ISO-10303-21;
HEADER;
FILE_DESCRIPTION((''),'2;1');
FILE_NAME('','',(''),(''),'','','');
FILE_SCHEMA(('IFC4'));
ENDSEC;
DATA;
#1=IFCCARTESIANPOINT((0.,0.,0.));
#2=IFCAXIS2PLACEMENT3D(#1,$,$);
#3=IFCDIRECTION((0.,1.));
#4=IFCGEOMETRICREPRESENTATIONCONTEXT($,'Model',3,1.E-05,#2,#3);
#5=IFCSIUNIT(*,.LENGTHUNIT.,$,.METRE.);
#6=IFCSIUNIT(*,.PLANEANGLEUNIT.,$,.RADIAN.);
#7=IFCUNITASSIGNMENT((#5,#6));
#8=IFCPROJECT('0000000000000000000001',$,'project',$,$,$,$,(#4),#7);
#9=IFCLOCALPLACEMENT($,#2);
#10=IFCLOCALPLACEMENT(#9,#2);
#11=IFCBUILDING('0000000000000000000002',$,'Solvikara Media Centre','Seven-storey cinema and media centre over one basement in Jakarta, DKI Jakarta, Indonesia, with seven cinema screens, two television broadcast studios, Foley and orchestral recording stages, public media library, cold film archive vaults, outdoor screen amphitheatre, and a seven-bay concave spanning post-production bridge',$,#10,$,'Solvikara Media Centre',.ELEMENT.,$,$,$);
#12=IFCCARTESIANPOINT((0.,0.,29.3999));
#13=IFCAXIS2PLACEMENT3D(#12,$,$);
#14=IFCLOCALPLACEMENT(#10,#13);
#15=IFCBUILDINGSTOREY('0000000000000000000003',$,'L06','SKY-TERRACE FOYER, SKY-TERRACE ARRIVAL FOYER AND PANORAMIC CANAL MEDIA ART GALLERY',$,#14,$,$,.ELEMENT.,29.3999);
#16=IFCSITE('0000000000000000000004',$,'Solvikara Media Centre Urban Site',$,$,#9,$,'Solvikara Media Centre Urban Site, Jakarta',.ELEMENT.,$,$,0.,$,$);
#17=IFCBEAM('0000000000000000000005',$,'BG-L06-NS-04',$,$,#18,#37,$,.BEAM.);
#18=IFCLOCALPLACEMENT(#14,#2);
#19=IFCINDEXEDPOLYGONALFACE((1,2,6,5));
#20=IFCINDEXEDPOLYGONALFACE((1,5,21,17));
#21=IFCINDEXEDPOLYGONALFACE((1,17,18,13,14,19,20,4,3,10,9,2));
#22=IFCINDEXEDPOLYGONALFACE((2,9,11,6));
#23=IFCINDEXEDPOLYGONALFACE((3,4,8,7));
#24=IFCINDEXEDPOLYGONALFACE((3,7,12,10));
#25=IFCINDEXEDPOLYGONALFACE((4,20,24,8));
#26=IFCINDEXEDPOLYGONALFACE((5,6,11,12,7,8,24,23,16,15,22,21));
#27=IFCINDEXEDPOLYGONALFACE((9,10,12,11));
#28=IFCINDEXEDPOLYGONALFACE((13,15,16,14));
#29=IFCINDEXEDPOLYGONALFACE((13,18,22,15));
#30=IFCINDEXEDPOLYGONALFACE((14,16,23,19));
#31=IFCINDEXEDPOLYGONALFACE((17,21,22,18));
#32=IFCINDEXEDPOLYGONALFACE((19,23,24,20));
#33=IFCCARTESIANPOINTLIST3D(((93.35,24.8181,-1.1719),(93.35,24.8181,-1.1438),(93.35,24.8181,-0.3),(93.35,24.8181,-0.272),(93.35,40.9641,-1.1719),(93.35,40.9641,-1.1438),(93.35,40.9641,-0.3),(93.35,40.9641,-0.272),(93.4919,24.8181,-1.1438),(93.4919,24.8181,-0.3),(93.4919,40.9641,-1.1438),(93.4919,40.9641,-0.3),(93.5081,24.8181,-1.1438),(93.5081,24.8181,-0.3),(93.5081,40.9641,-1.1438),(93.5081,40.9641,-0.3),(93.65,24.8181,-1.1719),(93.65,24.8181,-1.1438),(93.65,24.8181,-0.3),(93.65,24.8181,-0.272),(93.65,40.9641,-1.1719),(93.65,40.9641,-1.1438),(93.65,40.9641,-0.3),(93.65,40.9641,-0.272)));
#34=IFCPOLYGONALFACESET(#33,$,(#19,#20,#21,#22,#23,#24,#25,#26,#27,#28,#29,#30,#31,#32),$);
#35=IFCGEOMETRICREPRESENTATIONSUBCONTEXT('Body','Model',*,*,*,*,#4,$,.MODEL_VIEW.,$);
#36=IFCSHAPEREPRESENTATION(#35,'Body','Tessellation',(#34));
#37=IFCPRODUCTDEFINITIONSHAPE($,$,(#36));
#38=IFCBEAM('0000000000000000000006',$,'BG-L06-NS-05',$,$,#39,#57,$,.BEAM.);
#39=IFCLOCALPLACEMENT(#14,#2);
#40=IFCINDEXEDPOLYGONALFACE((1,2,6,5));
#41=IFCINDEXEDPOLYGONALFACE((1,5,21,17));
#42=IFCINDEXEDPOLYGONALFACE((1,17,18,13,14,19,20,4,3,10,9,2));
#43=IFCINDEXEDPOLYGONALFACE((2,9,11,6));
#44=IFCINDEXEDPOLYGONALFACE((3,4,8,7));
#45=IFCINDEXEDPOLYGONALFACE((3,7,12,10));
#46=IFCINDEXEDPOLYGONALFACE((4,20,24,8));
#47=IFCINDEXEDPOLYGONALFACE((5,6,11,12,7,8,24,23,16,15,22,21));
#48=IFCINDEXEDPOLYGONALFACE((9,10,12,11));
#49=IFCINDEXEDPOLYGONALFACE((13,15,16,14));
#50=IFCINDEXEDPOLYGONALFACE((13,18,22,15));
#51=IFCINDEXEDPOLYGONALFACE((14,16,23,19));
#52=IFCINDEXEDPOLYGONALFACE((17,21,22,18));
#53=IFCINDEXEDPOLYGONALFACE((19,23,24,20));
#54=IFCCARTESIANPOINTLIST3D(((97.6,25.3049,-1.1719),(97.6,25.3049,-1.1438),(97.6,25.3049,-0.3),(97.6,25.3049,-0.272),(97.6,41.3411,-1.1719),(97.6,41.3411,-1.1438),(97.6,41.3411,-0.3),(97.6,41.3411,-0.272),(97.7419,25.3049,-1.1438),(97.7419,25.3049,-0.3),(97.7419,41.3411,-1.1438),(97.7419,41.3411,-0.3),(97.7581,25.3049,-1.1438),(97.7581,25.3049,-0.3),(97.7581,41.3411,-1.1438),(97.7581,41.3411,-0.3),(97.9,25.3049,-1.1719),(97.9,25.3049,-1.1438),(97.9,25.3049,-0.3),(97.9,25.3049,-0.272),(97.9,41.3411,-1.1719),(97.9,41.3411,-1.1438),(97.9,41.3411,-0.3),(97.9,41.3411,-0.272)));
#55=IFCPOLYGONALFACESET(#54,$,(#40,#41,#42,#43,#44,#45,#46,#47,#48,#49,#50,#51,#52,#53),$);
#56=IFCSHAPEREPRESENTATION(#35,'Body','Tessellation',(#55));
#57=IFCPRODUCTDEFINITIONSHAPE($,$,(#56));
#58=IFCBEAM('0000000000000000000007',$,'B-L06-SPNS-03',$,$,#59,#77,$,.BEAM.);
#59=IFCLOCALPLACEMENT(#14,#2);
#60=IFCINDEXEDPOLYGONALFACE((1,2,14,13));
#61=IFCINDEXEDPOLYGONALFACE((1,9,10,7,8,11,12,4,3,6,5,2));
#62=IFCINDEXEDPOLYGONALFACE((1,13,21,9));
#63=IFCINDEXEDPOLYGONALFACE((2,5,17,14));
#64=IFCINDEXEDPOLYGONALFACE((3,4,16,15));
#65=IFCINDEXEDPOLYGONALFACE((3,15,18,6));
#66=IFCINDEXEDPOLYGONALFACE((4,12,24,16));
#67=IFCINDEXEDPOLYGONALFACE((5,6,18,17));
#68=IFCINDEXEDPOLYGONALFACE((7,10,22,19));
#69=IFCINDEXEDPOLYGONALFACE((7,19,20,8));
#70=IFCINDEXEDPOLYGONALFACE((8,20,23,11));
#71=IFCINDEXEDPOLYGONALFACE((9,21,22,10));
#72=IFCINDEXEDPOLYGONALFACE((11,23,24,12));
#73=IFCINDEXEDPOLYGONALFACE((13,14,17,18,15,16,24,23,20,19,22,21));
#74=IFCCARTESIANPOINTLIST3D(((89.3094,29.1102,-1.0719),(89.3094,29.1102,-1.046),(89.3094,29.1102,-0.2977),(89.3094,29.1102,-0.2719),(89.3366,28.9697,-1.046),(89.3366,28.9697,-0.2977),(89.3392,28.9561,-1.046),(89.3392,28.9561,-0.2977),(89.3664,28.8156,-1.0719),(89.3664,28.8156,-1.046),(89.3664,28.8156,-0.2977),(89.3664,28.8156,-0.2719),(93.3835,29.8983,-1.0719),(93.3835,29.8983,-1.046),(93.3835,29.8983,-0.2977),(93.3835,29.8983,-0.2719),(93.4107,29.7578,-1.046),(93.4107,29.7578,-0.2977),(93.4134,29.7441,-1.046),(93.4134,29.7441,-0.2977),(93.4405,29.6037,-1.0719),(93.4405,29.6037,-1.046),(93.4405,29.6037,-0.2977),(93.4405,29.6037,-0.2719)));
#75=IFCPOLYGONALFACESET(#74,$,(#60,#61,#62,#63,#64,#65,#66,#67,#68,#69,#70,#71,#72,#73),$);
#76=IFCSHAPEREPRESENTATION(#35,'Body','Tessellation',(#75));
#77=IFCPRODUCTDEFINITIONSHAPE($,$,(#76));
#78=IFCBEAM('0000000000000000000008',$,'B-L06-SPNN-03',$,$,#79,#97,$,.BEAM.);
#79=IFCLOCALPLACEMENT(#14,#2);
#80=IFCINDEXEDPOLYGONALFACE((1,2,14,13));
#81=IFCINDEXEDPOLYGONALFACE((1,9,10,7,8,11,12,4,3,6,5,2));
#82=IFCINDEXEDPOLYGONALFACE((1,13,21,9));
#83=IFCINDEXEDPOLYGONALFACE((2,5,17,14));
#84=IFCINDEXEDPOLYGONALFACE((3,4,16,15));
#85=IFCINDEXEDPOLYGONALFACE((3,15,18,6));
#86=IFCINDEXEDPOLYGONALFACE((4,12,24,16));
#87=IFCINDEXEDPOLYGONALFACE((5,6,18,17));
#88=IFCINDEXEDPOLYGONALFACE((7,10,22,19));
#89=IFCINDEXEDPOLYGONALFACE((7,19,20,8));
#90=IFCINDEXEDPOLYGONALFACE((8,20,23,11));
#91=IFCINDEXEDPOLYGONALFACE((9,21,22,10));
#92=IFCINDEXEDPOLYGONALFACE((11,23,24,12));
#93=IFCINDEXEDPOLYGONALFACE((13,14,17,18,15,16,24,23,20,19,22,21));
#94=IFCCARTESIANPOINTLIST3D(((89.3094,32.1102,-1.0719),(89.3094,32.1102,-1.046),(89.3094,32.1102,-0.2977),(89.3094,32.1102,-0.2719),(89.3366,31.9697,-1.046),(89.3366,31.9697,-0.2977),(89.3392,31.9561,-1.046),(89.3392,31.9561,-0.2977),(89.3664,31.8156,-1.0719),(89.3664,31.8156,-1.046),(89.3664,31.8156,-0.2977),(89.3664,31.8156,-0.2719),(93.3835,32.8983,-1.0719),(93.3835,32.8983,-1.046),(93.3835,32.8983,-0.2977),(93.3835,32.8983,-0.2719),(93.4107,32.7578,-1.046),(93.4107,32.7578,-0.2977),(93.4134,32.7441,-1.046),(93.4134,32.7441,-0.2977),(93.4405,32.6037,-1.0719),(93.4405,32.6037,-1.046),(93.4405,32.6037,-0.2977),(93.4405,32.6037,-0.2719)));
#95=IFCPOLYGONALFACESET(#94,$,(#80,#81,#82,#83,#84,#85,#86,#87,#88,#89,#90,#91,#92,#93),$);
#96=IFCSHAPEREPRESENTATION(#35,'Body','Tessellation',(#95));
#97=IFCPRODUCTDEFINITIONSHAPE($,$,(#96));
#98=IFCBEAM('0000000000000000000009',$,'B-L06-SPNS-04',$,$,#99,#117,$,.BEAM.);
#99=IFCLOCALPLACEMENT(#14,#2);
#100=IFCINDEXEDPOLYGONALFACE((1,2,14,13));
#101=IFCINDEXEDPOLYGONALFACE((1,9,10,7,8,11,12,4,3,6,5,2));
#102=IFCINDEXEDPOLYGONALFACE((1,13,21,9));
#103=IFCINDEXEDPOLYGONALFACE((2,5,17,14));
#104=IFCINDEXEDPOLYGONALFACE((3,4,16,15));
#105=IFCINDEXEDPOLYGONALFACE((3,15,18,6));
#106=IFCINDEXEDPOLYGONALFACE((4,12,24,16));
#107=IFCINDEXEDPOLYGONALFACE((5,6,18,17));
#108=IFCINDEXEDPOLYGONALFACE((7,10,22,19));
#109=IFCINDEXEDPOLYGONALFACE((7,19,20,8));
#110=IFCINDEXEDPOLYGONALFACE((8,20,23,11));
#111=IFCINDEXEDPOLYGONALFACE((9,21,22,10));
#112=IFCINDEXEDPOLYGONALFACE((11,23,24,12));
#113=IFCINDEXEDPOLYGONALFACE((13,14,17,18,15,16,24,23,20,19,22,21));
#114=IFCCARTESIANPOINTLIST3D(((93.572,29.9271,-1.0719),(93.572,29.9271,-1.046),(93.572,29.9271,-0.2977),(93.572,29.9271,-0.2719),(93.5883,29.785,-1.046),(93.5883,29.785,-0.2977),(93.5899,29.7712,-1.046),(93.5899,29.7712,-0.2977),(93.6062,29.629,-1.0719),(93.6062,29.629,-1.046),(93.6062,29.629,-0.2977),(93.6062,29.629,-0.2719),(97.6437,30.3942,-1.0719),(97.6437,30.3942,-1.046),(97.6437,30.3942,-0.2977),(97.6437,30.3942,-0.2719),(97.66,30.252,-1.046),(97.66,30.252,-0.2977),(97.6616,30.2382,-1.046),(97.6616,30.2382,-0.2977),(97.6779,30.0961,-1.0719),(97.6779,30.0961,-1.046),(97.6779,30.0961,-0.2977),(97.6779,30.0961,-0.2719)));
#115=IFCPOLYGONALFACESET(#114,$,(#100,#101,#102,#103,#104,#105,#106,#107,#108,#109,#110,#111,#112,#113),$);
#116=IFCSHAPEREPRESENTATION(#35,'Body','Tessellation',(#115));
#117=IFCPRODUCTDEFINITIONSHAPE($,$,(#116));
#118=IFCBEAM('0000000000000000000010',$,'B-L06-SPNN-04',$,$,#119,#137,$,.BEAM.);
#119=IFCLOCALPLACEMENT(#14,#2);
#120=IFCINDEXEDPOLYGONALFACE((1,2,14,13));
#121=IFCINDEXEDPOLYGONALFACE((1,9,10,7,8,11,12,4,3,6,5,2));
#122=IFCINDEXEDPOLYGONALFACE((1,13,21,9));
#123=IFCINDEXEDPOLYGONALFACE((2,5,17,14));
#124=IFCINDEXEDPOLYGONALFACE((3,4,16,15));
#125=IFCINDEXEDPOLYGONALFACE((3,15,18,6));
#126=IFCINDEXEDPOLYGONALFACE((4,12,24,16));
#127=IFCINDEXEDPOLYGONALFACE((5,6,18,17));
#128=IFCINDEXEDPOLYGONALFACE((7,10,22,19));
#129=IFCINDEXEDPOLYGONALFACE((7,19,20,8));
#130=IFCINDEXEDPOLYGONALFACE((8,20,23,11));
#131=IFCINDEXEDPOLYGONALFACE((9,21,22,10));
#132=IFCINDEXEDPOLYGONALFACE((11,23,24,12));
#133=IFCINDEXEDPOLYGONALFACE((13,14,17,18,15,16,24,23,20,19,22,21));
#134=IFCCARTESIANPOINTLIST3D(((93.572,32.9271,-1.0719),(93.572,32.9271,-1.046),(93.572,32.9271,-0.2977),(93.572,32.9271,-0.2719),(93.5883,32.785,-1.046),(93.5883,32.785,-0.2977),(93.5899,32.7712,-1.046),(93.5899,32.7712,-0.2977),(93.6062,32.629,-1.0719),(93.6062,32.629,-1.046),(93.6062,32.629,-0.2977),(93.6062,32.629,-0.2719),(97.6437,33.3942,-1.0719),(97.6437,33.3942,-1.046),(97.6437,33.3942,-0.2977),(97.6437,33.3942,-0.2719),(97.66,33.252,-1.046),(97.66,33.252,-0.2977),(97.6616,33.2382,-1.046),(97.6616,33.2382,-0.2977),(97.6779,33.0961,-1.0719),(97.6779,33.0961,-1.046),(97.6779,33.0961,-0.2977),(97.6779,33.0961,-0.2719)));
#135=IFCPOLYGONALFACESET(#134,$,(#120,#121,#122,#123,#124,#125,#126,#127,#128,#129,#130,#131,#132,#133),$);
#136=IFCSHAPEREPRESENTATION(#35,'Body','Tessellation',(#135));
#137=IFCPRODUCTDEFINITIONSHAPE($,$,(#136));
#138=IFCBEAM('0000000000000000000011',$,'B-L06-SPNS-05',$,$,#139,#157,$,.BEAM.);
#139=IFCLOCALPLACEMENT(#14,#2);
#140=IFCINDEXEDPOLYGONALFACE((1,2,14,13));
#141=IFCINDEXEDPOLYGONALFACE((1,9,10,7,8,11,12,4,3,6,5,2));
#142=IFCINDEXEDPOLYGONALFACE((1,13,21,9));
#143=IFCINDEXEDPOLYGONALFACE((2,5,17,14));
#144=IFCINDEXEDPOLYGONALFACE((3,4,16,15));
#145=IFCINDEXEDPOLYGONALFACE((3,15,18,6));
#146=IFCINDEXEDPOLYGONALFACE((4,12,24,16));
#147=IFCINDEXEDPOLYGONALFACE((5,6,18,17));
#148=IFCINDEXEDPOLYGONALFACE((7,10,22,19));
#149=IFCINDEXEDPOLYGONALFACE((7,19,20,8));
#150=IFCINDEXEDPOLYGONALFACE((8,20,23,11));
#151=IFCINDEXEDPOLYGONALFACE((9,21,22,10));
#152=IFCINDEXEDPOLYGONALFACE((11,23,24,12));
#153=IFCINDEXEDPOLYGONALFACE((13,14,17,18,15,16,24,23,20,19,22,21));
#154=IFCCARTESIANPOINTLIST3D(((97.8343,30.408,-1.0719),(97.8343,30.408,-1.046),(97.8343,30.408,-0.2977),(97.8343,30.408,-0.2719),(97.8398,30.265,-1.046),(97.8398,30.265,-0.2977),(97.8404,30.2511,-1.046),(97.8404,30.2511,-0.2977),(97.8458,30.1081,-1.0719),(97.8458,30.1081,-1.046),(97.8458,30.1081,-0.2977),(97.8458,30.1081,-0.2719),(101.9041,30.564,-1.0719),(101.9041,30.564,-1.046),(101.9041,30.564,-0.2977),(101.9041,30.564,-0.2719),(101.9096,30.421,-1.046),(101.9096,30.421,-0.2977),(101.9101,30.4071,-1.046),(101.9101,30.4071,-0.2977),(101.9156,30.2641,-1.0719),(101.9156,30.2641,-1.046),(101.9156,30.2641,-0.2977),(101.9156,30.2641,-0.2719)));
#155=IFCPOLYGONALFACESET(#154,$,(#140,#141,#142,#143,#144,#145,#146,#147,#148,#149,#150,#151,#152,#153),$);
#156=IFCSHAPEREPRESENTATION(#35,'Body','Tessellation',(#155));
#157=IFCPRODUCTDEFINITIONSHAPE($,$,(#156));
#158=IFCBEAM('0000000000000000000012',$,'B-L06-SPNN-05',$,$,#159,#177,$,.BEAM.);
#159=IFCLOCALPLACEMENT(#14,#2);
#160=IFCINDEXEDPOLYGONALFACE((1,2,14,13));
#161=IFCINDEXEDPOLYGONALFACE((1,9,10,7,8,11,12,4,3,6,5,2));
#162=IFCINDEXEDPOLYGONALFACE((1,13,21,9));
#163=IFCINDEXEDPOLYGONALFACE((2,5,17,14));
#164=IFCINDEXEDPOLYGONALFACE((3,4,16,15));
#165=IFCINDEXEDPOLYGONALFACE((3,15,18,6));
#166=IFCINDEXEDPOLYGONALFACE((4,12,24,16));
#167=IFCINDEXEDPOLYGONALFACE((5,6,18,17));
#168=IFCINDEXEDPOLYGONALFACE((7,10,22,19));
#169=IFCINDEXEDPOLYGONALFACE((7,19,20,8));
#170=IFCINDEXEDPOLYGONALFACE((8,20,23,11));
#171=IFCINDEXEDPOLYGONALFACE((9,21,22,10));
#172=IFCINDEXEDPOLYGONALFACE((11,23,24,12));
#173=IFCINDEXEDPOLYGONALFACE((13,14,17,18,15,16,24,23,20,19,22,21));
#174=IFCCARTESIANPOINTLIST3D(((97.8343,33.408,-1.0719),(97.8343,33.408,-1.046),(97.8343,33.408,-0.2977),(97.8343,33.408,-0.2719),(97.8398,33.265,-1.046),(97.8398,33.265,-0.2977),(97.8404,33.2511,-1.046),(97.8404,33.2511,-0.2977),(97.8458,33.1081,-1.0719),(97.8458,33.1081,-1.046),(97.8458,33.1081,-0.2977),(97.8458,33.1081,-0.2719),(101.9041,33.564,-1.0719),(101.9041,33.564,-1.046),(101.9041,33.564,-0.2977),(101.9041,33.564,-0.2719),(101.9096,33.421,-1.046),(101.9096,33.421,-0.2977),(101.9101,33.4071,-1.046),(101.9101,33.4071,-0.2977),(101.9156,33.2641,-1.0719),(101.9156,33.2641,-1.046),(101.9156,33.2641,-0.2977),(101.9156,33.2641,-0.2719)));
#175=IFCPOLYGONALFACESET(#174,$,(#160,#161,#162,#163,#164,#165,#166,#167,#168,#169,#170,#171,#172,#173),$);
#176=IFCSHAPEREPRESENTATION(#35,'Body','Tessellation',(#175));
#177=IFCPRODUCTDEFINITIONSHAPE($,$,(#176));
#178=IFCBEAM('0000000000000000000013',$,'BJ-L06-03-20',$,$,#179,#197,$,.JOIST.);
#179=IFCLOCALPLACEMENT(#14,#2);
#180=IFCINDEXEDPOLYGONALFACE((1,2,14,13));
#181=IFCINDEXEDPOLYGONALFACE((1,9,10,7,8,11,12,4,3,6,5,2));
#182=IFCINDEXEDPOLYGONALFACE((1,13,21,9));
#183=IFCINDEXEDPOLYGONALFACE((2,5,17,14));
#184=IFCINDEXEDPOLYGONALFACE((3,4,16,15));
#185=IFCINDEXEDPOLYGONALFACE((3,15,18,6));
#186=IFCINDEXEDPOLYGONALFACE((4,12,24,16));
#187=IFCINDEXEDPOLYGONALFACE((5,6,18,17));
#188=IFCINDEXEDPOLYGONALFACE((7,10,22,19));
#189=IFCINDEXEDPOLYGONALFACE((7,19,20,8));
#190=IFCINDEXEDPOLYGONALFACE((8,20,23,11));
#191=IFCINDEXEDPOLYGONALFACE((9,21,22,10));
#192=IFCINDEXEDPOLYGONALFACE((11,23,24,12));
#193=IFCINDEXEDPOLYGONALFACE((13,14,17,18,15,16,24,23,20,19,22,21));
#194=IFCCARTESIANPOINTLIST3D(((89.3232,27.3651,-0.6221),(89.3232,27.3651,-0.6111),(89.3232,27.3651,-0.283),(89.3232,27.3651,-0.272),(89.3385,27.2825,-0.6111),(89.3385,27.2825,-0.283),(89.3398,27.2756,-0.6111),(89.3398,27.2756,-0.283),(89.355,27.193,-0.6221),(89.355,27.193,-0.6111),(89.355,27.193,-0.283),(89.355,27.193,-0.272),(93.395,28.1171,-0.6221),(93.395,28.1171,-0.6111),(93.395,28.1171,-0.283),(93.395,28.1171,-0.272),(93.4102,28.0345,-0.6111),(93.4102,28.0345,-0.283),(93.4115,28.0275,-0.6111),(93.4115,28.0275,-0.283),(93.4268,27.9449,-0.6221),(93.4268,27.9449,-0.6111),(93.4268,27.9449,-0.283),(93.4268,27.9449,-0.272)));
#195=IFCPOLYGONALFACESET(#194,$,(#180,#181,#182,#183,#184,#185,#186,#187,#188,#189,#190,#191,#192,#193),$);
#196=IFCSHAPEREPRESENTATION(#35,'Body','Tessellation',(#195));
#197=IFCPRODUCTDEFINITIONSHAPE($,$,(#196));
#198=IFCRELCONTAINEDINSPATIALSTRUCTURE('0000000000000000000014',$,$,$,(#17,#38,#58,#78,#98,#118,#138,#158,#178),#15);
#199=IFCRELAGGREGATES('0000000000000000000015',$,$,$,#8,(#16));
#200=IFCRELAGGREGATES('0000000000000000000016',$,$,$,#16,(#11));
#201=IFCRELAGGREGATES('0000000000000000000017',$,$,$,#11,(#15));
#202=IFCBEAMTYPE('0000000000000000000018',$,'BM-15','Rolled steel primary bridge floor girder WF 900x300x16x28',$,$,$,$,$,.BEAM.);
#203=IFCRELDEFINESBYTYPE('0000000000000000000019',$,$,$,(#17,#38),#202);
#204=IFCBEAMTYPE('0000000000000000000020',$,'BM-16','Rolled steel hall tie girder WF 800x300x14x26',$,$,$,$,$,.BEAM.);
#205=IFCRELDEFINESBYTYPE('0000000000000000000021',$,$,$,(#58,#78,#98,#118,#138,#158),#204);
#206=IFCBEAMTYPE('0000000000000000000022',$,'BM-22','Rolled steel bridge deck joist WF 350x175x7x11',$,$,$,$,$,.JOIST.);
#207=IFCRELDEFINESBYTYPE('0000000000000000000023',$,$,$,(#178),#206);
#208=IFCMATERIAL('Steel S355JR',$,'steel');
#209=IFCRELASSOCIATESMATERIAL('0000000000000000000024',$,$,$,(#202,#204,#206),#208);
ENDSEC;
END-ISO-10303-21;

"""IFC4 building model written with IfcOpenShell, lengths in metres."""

from ifc_helpers import new_model, si_unit, direction, frame, origin, origin_2d, place, context, subcontext, project, spatial, i_section, extrude, material, material_profile, profile_set, type_object, element, save


model = new_model("IFC4")

# Units and contexts
model_context = context("Model", 3, precision=1e-05, world=origin(), true_north=direction((0.0, 1.0)))
body_context = subcontext(model_context, "Body", "Model", "MODEL_VIEW")
ifc_project = project(units=[si_unit("LENGTHUNIT", "METRE"), si_unit("PLANEANGLEUNIT", "RADIAN")], contexts=[model_context])

# Site, building, storey
site_placement = place(None, origin())
site = spatial("IfcSite", under=ifc_project, at=site_placement, Name="Solvikara Media Centre Urban Site", LongName="Solvikara Media Centre Urban Site, Jakarta", CompositionType="ELEMENT", RefElevation=0.0)
building_placement = place(site_placement, origin())
building = spatial("IfcBuilding", under=site, at=building_placement, Name="Solvikara Media Centre", Description="Seven-storey cinema and media centre over one basement in Jakarta, DKI Jakarta, Indonesia, with seven cinema screens, two television broadcast studios, Foley and orchestral recording stages, public media library, cold film archive vaults, outdoor screen amphitheatre, and a seven-bay concave spanning post-production bridge", LongName="Solvikara Media Centre", CompositionType="ELEMENT")
storey_placement = place(building_placement, frame((0.0, 0.0, 29.3999)))
storey = spatial("IfcBuildingStorey", under=building, at=storey_placement, Name="L06", Description="SKY-TERRACE FOYER, SKY-TERRACE ARRIVAL FOYER AND PANORAMIC CANAL MEDIA ART GALLERY", CompositionType="ELEMENT", Elevation=29.3999)

# Beams
ifc_material_1 = material(Name="Steel S355JR", Category="steel")
ifc_material_profile_1 = material_profile(ifc_material_1, i_section(OverallWidth=0.3, OverallDepth=0.8999, WebThickness=0.0161, FlangeThickness=0.0281, at=origin_2d()), Name="WF 900x300x16x28")
ifc_profile_set_1 = profile_set([ifc_material_profile_1], Name="Steel S355JR")
beam_type_1 = type_object("IfcBeamType", Name="BM-15", Description="Rolled steel primary bridge floor girder WF 900x300x16x28", PredefinedType="BEAM", material=ifc_profile_set_1)
beam_1_placement = place(storey_placement, frame((93.5, 24.8181, -0.7219), z_axis=(0.0, 1.0, 0.0), x_axis=(-1.0, 0.0, 0.0)))
element("IfcBeam", 1, at=beam_1_placement, inside=storey, type_object=beam_type_1, Name="BG-L06-NS-04", PredefinedType="BEAM", context=body_context, shape_type="SweptSolid", body=[
    extrude(i_section(OverallWidth=0.3, OverallDepth=0.8999, WebThickness=0.0161, FlangeThickness=0.0281, at=origin_2d()), origin(), (0.0, 0.0, 1.0), 16.146),
])
beam_2_placement = place(storey_placement, frame((97.75, 25.3049, -0.7219), z_axis=(0.0, 1.0, 0.0), x_axis=(-1.0, 0.0, 0.0)))
element("IfcBeam", 2, at=beam_2_placement, inside=storey, type_object=beam_type_1, Name="BG-L06-NS-05", PredefinedType="BEAM", context=body_context, shape_type="SweptSolid", body=[
    extrude(i_section(OverallWidth=0.3, OverallDepth=0.8999, WebThickness=0.0161, FlangeThickness=0.0281, at=origin_2d()), origin(), (0.0, 0.0, 1.0), 16.0361),
])
ifc_material_profile_2 = material_profile(ifc_material_1, i_section(OverallWidth=0.3, OverallDepth=0.8, WebThickness=0.0139, FlangeThickness=0.0259, at=origin_2d()), Name="WF 800x300x14x26")
ifc_profile_set_2 = profile_set([ifc_material_profile_2], Name="Steel S355JR")
beam_type_2 = type_object("IfcBeamType", Name="BM-16", Description="Rolled steel hall tie girder WF 800x300x14x26", PredefinedType="BEAM", material=ifc_profile_set_2)
for number, where, z_axis, x_axis, name in (
    (3, (89.3379, 28.9629, -0.6719), (0.981801, 0.189912, 0.0), (-0.189912, 0.981801, 0.0), "B-L06-SPNS-03"),
    (4, (89.3379, 31.9629, -0.6719), (0.981801, 0.189912, 0.0), (-0.189912, 0.981801, 0.0), "B-L06-SPNN-03"),
):
    element("IfcBeam", number, at=place(storey_placement, frame(where, z_axis=z_axis, x_axis=x_axis)), inside=storey, type_object=beam_type_2, Name=name, PredefinedType="BEAM", context=body_context, shape_type="SweptSolid", body=[
        extrude(i_section(OverallWidth=0.3, OverallDepth=0.8, WebThickness=0.0139, FlangeThickness=0.0259, at=origin_2d()), origin(), (0.0, 0.0, 1.0), 4.1497),
    ])
for number, where, z_axis, x_axis, name in (
    (5, (93.5891, 29.7781, -0.6719), (0.993486, 0.113955, 0.0), (-0.113955, 0.993486, 0.0), "B-L06-SPNS-04"),
    (6, (93.5891, 32.7781, -0.6719), (0.993486, 0.113955, 0.0), (-0.113955, 0.993486, 0.0), "B-L06-SPNN-04"),
):
    element("IfcBeam", number, at=place(storey_placement, frame(where, z_axis=z_axis, x_axis=x_axis)), inside=storey, type_object=beam_type_2, Name=name, PredefinedType="BEAM", context=body_context, shape_type="SweptSolid", body=[
        extrude(i_section(OverallWidth=0.3, OverallDepth=0.8, WebThickness=0.0139, FlangeThickness=0.0259, at=origin_2d()), origin(), (0.0, 0.0, 1.0), 4.0984),
    ])
for number, where, z_axis, x_axis, name in (
    (7, (97.8401, 30.2581, -0.6719), (0.999266, 0.038304, 0.0), (-0.038304, 0.999266, 0.0), "B-L06-SPNS-05"),
    (8, (97.8401, 33.2581, -0.6719), (0.999266, 0.038304, 0.0), (-0.038304, 0.999266, 0.0), "B-L06-SPNN-05"),
):
    element("IfcBeam", number, at=place(storey_placement, frame(where, z_axis=z_axis, x_axis=x_axis)), inside=storey, type_object=beam_type_2, Name=name, PredefinedType="BEAM", context=body_context, shape_type="SweptSolid", body=[
        extrude(i_section(OverallWidth=0.3, OverallDepth=0.8, WebThickness=0.0139, FlangeThickness=0.0259, at=origin_2d()), origin(), (0.0, 0.0, 1.0), 4.0728),
    ])
ifc_material_profile_3 = material_profile(ifc_material_1, i_section(OverallWidth=0.175, OverallDepth=0.3501, WebThickness=0.0071, FlangeThickness=0.011, at=origin_2d()), Name="WF 350x175x7x11")
ifc_profile_set_3 = profile_set([ifc_material_profile_3], Name="Steel S355JR")
beam_type_3 = type_object("IfcBeamType", Name="BM-22", Description="Rolled steel bridge deck joist WF 350x175x7x11", PredefinedType="JOIST", material=ifc_profile_set_3)
beam_3_placement = place(storey_placement, frame((89.3391, 27.2791, -0.447), z_axis=(0.983372, 0.181604, 0.0), x_axis=(-0.181604, 0.983372, 0.0)))
element("IfcBeam", 9, at=beam_3_placement, inside=storey, type_object=beam_type_3, Name="BJ-L06-03-20", PredefinedType="JOIST", context=body_context, shape_type="SweptSolid", body=[
    extrude(i_section(OverallWidth=0.175, OverallDepth=0.3501, WebThickness=0.0071, FlangeThickness=0.011, at=origin_2d()), origin(), (0.0, 0.0, 1.0), 4.1406),
])

save(model, "model.ifc")
